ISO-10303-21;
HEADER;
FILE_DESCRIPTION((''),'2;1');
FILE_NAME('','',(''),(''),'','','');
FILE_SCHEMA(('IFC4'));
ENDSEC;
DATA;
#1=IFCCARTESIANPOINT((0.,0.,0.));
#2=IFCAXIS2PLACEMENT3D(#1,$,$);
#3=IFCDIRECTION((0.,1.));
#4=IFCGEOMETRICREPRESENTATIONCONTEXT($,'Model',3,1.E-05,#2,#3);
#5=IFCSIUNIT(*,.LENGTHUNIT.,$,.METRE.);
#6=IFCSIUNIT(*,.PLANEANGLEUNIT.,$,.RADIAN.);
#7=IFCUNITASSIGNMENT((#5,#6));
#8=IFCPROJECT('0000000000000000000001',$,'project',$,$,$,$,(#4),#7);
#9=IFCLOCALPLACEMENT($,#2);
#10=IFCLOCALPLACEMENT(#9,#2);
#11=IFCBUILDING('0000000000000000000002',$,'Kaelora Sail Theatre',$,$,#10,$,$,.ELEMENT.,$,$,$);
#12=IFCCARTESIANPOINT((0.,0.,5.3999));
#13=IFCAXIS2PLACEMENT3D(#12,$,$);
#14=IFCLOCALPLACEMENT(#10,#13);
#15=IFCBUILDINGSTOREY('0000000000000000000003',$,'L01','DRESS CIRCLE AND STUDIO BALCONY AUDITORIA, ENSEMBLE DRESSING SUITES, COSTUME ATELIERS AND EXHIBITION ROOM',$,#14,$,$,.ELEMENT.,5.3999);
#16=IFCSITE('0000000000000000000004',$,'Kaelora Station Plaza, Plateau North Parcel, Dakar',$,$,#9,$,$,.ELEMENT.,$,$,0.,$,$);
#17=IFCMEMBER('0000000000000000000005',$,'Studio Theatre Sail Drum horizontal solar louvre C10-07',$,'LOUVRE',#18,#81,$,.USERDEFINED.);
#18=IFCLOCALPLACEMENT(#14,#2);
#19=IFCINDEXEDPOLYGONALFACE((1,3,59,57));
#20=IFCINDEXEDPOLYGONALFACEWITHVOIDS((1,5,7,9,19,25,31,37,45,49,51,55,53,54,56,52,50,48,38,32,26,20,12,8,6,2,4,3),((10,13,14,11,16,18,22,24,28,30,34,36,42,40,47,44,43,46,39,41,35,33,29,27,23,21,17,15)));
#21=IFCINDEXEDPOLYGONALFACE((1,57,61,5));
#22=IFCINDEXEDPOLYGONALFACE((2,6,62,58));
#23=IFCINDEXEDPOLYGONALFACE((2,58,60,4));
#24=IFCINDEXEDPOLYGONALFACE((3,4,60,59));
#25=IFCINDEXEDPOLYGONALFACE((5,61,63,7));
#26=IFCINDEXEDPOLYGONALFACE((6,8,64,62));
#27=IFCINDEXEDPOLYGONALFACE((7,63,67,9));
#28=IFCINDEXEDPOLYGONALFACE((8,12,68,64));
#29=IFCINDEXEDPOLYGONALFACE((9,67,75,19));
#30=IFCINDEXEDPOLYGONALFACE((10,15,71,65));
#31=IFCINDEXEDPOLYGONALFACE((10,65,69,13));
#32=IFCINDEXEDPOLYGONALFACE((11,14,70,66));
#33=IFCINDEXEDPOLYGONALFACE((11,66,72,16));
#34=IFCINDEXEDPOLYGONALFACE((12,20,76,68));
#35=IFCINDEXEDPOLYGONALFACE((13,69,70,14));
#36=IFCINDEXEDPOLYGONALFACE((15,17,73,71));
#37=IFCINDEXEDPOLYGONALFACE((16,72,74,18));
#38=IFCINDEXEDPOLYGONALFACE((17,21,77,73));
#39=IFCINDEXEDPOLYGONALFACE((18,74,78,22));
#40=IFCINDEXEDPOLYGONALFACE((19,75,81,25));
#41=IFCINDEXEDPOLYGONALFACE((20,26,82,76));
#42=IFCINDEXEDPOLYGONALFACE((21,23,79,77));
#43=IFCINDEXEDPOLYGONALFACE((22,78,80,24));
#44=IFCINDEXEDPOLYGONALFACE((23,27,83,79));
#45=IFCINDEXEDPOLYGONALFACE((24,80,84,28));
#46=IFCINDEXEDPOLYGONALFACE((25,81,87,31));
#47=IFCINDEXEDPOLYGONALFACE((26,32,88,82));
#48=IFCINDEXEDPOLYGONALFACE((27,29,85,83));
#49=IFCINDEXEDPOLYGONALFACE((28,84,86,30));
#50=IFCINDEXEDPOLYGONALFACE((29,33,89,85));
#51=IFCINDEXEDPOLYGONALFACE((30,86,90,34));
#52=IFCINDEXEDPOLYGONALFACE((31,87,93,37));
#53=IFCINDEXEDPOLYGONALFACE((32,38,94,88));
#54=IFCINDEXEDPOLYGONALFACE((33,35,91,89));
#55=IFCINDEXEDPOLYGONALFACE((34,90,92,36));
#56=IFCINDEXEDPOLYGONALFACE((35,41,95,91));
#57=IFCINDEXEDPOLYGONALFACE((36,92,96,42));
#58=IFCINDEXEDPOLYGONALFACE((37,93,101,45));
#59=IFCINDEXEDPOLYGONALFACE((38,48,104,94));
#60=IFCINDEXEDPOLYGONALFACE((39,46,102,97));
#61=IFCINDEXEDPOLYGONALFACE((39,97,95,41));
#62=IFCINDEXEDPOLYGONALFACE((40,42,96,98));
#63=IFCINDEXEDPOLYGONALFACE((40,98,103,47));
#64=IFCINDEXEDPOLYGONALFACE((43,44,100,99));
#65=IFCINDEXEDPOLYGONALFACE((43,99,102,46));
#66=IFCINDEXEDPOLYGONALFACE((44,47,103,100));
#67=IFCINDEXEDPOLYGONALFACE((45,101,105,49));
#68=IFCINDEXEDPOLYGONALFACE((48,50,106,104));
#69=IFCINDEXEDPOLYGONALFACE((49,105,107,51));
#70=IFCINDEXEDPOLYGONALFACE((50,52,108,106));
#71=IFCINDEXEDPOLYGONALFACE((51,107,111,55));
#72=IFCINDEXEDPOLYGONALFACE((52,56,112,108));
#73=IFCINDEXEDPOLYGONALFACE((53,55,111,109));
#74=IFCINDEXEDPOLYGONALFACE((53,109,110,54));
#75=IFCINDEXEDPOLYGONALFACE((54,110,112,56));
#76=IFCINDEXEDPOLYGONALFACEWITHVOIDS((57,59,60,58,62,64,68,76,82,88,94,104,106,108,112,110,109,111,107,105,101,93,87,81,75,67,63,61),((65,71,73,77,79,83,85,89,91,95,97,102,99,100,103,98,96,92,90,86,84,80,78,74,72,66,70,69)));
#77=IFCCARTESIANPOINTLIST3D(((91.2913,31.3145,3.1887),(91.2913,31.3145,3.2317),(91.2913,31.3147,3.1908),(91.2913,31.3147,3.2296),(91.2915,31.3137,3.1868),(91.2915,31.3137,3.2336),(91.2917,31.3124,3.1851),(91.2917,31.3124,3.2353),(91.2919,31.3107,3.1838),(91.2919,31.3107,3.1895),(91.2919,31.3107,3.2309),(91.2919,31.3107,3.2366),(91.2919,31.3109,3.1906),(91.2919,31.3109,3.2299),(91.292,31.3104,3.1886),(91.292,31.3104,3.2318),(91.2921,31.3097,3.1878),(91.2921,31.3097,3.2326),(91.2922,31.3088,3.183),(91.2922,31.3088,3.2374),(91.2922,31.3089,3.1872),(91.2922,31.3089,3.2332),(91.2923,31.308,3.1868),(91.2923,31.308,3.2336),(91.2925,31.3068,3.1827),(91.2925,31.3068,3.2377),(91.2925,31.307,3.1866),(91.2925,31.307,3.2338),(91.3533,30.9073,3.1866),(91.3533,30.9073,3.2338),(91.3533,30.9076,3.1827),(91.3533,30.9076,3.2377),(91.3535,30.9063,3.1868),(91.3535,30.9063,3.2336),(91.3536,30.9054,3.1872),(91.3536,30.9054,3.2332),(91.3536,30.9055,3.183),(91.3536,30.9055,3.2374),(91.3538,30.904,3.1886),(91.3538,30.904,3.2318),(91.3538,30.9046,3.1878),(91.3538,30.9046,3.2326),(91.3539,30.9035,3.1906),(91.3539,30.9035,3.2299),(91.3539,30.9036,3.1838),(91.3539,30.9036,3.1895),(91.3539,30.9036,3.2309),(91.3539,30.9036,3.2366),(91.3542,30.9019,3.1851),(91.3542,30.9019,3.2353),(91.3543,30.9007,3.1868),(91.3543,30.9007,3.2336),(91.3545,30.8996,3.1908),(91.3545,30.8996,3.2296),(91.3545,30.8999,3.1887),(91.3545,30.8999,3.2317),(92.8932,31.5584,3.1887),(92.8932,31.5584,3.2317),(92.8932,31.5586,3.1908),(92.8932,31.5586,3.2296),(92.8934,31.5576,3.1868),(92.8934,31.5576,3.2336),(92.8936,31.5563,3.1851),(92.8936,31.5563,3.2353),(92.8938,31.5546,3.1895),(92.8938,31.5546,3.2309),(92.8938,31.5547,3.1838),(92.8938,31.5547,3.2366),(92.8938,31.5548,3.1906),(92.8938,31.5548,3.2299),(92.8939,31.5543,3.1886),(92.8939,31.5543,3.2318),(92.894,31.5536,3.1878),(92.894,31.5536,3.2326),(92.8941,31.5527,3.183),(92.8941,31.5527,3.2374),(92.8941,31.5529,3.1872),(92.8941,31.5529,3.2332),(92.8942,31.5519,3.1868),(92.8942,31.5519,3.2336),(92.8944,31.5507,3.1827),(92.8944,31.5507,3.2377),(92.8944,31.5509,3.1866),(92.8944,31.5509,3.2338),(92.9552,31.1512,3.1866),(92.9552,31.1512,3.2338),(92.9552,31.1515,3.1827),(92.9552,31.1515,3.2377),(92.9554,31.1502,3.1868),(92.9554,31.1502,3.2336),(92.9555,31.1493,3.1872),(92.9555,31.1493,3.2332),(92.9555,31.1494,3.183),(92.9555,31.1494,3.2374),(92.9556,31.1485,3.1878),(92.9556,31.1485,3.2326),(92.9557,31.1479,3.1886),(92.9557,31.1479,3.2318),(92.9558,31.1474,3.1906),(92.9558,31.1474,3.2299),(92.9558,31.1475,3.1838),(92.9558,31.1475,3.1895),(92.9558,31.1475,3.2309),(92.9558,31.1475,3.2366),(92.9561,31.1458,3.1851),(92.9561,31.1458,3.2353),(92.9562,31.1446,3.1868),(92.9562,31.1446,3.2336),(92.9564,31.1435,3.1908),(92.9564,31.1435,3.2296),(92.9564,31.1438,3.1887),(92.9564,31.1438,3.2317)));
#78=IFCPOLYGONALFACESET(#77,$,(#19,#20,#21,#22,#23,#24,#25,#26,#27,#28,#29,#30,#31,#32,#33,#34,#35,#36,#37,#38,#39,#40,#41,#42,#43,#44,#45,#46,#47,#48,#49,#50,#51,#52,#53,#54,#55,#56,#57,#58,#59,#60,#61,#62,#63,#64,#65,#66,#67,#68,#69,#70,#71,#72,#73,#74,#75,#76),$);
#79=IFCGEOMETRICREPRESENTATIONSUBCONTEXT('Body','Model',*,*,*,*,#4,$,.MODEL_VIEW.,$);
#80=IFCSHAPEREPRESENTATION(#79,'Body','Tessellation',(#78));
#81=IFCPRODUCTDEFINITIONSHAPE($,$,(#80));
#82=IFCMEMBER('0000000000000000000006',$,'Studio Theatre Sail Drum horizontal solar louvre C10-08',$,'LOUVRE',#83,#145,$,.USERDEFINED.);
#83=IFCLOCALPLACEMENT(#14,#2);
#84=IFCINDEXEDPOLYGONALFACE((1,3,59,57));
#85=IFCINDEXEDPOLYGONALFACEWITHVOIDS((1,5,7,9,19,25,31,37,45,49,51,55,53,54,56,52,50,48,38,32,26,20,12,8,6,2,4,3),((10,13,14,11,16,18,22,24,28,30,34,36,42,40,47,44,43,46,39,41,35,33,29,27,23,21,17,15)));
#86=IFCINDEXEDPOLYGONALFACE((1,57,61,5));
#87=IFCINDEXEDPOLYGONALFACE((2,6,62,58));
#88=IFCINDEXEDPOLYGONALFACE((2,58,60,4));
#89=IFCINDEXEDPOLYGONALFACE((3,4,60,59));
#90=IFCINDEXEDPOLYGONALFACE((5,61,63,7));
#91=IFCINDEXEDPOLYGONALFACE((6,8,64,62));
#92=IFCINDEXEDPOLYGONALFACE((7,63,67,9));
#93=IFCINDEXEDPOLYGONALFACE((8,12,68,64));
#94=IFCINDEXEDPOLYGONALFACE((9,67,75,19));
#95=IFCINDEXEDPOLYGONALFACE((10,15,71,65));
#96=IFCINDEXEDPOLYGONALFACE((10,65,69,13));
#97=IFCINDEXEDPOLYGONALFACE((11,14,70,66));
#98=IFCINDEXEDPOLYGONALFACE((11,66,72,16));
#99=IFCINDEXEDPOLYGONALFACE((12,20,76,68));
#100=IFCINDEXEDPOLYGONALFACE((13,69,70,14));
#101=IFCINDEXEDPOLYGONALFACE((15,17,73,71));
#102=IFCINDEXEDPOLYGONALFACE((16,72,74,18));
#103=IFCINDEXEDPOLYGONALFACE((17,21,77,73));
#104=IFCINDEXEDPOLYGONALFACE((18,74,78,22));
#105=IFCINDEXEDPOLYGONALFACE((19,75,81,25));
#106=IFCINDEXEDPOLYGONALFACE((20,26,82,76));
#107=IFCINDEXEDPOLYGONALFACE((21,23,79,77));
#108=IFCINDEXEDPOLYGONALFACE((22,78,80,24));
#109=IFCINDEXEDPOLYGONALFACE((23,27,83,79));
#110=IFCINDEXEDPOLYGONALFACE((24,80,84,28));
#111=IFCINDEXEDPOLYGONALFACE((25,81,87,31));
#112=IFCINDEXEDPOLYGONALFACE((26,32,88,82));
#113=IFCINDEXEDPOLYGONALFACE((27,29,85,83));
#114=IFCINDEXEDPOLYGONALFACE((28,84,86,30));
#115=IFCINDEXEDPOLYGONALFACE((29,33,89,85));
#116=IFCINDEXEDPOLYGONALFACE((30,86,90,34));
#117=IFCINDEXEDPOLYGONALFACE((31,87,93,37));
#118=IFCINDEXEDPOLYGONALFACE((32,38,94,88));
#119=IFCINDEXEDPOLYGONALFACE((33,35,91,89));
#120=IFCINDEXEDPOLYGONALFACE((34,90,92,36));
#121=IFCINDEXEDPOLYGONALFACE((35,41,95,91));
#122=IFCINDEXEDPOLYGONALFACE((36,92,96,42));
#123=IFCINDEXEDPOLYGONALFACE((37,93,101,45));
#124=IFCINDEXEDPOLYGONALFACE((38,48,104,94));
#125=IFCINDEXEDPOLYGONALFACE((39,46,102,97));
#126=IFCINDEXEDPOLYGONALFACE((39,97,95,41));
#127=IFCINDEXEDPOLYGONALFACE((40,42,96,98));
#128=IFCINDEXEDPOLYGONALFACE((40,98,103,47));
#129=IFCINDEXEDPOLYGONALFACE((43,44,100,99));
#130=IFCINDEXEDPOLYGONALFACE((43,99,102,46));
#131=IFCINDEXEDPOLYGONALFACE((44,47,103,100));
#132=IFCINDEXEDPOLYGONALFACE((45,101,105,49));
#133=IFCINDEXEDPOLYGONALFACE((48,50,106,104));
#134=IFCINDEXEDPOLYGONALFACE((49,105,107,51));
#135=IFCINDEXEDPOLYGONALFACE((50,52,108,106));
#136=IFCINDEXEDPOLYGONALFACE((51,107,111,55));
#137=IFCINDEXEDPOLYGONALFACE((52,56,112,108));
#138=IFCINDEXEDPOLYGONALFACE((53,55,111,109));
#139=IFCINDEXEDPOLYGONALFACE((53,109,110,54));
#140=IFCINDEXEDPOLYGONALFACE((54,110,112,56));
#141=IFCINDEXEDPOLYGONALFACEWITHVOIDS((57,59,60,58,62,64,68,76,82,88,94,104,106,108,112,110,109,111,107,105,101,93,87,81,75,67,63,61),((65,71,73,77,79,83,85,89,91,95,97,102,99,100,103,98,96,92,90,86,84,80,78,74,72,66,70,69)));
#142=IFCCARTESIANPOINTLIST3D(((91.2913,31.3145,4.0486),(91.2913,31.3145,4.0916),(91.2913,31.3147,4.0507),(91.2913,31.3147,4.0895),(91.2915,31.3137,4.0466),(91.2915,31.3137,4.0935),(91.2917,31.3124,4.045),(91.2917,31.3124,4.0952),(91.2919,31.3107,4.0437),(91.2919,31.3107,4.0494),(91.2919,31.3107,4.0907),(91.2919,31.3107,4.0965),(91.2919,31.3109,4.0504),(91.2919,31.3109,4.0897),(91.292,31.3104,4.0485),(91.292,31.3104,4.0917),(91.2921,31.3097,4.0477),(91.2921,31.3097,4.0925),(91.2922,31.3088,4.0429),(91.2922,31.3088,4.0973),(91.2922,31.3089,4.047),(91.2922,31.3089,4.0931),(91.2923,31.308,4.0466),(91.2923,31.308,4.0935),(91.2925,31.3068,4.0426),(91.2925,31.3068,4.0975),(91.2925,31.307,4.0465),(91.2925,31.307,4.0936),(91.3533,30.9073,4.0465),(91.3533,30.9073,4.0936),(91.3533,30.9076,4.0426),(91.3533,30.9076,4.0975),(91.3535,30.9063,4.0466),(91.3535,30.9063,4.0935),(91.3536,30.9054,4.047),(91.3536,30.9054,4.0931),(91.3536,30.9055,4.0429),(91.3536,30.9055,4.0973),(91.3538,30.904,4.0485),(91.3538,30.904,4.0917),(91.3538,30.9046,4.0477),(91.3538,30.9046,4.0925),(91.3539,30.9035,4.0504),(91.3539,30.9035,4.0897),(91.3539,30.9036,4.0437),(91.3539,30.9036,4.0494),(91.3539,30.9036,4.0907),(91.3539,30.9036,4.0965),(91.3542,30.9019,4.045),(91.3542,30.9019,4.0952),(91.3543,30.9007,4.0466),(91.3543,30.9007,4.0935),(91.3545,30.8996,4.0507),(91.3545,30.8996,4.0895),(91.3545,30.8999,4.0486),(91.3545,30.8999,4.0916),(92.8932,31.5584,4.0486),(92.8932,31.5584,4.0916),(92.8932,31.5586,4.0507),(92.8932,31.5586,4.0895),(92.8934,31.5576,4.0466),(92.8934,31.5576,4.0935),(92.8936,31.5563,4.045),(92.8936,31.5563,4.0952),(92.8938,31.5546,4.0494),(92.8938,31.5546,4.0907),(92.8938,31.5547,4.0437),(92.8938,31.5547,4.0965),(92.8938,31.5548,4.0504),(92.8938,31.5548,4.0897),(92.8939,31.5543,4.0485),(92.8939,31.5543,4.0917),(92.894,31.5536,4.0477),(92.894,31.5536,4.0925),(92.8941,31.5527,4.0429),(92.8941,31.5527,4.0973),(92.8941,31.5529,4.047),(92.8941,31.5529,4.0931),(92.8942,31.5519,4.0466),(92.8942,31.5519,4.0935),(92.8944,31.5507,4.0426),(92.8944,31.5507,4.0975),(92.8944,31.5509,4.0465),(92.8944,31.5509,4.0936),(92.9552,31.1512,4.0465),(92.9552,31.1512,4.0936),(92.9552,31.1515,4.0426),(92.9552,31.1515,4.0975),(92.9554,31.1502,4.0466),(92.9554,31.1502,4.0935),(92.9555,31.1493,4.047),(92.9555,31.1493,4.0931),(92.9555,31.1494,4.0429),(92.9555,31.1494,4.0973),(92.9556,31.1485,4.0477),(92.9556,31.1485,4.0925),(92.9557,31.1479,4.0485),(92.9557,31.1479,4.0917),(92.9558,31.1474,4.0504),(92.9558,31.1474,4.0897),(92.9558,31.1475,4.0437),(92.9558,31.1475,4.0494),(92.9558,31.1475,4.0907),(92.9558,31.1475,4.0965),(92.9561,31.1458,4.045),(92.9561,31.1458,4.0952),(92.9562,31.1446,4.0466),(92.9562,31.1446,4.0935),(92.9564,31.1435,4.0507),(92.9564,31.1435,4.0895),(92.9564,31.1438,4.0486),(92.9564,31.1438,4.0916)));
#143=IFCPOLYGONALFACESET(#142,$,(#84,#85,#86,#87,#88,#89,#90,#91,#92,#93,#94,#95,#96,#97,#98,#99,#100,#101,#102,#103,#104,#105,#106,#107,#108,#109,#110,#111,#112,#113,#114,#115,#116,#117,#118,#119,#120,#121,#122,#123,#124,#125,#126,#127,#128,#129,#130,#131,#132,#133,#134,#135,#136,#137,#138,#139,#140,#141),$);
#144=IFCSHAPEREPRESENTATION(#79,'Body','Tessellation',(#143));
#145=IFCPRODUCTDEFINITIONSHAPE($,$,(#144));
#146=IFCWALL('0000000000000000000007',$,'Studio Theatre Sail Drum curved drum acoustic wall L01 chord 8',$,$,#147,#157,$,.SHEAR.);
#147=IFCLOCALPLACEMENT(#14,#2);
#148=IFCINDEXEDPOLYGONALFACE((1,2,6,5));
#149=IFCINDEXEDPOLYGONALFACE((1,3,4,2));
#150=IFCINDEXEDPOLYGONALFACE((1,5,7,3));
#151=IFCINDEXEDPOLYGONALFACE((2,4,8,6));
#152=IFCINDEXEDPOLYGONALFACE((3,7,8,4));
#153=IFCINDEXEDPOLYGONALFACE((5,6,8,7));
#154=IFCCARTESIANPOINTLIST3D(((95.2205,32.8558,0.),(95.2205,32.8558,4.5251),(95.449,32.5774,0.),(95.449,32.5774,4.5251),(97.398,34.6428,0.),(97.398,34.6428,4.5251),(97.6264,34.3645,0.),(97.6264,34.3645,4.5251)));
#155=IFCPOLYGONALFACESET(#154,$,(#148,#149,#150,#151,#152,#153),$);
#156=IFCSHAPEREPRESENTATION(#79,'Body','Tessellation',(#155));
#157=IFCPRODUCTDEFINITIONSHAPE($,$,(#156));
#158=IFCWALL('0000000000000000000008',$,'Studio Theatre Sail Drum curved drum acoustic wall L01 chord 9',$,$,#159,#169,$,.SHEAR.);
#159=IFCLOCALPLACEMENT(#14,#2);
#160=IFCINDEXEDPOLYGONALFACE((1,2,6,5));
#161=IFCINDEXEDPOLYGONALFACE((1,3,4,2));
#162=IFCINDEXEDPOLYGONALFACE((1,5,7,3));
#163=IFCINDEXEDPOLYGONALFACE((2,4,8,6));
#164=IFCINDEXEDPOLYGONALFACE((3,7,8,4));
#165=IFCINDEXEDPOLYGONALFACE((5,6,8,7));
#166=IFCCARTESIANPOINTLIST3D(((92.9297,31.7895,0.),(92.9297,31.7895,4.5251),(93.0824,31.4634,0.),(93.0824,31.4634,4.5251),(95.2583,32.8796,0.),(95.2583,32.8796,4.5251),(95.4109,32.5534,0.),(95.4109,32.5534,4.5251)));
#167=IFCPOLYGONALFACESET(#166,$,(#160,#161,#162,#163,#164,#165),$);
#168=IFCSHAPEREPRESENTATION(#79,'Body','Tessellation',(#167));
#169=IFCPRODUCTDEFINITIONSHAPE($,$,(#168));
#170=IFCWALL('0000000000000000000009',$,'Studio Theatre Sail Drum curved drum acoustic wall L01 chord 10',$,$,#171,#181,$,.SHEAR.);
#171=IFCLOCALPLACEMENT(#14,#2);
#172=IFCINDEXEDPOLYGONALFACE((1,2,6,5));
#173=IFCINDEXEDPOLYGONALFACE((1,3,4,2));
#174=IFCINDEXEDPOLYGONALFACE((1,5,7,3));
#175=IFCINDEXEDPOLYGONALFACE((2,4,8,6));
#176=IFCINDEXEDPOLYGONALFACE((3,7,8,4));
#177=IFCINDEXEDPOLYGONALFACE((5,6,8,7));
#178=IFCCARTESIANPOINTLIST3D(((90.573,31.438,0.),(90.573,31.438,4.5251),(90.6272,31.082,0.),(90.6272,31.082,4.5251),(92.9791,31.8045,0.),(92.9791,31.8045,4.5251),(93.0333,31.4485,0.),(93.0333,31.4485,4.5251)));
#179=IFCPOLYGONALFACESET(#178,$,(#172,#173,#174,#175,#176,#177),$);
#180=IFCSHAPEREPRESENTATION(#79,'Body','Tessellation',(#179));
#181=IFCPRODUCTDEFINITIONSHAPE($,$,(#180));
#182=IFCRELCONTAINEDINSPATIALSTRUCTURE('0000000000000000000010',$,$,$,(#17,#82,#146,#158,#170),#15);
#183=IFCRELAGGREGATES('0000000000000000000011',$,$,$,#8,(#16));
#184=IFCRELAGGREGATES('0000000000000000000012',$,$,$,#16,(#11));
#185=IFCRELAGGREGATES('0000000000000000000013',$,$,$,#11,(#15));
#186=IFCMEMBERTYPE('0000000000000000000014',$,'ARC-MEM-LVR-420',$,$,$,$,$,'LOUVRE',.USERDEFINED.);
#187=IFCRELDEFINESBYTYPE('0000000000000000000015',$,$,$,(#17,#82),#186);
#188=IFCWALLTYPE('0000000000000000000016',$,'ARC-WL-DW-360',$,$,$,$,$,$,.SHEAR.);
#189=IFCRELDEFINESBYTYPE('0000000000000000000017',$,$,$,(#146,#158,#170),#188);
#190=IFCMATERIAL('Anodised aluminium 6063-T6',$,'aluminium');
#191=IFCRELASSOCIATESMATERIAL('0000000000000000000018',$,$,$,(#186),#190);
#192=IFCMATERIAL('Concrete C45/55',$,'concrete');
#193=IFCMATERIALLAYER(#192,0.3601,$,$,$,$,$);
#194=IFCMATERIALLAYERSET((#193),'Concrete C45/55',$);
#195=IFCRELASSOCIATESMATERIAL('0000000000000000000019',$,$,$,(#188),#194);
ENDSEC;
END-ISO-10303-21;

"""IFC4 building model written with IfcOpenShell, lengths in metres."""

from ifc_helpers import new_model, si_unit, direction, frame, frame_2d, origin, origin_2d, place, context, subcontext, project, spatial, rectangle, hollow_rectangle, extrude, material, layer, layer_set, material_profile, profile_set, type_object, element, save


model = new_model("IFC4")

# Units and contexts
model_context = context("Model", 3, precision=1e-05, world=origin(), true_north=direction((0.0, 1.0)))
body_context = subcontext(model_context, "Body", "Model", "MODEL_VIEW")
ifc_project = project(units=[si_unit("LENGTHUNIT", "METRE"), si_unit("PLANEANGLEUNIT", "RADIAN")], contexts=[model_context])

# Site, building, storey
site_placement = place(None, origin())
site = spatial("IfcSite", under=ifc_project, at=site_placement, Name="Kaelora Station Plaza, Plateau North Parcel, Dakar", CompositionType="ELEMENT", RefElevation=0.0)
building_placement = place(site_placement, origin())
building = spatial("IfcBuilding", under=site, at=building_placement, Name="Kaelora Sail Theatre", CompositionType="ELEMENT")
storey_placement = place(building_placement, frame((0.0, 0.0, 5.3999)))
storey = spatial("IfcBuildingStorey", under=building, at=storey_placement, Name="L01", Description="DRESS CIRCLE AND STUDIO BALCONY AUDITORIA, ENSEMBLE DRESSING SUITES, COSTUME ATELIERS AND EXHIBITION ROOM", CompositionType="ELEMENT", Elevation=5.3999)

# Members
ifc_material_1 = material(Name="Anodised aluminium 6063-T6", Category="aluminium")
ifc_material_profile_1 = material_profile(ifc_material_1, hollow_rectangle(XDim=0.4199, YDim=0.0549, WallThickness=0.0039, InnerFilletRadius=0.0039, OuterFilletRadius=0.0081, at=origin_2d()), Name="LOUVRE 420x55x4")
ifc_profile_set_1 = profile_set([ifc_material_profile_1], Name="Anodised aluminium 6063-T6")
member_type = type_object("IfcMemberType", Name="ARC-MEM-LVR-420", ElementType="LOUVRE", PredefinedType="USERDEFINED", material=ifc_profile_set_1)
for number, where, z_axis, x_axis, name in (
    (1, (92.9248, 31.3511, 3.2102), (-0.988606, -0.150528, 0.0), (0.150528, -0.988606, 0.0), "Studio Theatre Sail Drum horizontal solar louvre C10-07"),
    (2, (92.9248, 31.3511, 4.0701), (-0.988606, -0.150528, 0.0), (0.150528, -0.988606, 0.0), "Studio Theatre Sail Drum horizontal solar louvre C10-08"),
):
    element("IfcMember", number, at=place(storey_placement, frame(where, z_axis=z_axis, x_axis=x_axis)), inside=storey, type_object=member_type, Name=name, ObjectType="LOUVRE", PredefinedType="USERDEFINED", context=body_context, shape_type="SweptSolid", body=[
        extrude(hollow_rectangle(XDim=0.4199, YDim=0.0549, WallThickness=0.0039, InnerFilletRadius=0.0039, OuterFilletRadius=0.0081, at=origin_2d()), origin(), (0.0, 0.0, 1.0), 1.6204),
    ])

# Walls
ifc_material_2 = material(Name="Concrete C45/55", Category="concrete")
ifc_layer = layer(ifc_material_2, 0.3601)
ifc_layer_set = layer_set([ifc_layer], Name="Concrete C45/55")
wall_type = type_object("IfcWallType", Name="ARC-WL-DW-360", PredefinedType="SHEAR", material=ifc_layer_set)
wall_1_placement = place(storey_placement, frame((97.5122, 34.5037, 0.0), z_axis=(0.0, 0.0, 1.0), x_axis=(-0.772995, -0.634412, 0.0)))
element("IfcWall", 3, at=wall_1_placement, inside=storey, type_object=wall_type, Name="Studio Theatre Sail Drum curved drum acoustic wall L01 chord 8", PredefinedType="SHEAR", context=body_context, shape_type="SweptSolid", body=[
    extrude(rectangle(XDim=2.8169, YDim=0.3601, at=frame_2d((1.4084, 0.0))), origin(), (0.0, 0.0, 1.0), 4.5251),
])
wall_2_placement = place(storey_placement, frame((95.3347, 32.7166, 0.0), z_axis=(0.0, 0.0, 1.0), x_axis=(-0.905675, -0.423972, 0.0)))
element("IfcWall", 4, at=wall_2_placement, inside=storey, type_object=wall_type, Name="Studio Theatre Sail Drum curved drum acoustic wall L01 chord 9", PredefinedType="SHEAR", context=body_context, shape_type="SweptSolid", body=[
    extrude(rectangle(XDim=2.571, YDim=0.3601, at=frame_2d((1.2856, 0.0))), origin(), (0.0, 0.0, 1.0), 4.5251),
])
wall_3_placement = place(storey_placement, frame((93.0061, 31.6265, 0.0), z_axis=(0.0, 0.0, 1.0), x_axis=(-0.988599, -0.150572, 0.0)))
element("IfcWall", 5, at=wall_3_placement, inside=storey, type_object=wall_type, Name="Studio Theatre Sail Drum curved drum acoustic wall L01 chord 10", PredefinedType="SHEAR", context=body_context, shape_type="SweptSolid", body=[
    extrude(rectangle(XDim=2.4338, YDim=0.3601, at=frame_2d((1.2168, 0.0))), origin(), (0.0, 0.0, 1.0), 4.5251),
])

save(model, "model.ifc")
